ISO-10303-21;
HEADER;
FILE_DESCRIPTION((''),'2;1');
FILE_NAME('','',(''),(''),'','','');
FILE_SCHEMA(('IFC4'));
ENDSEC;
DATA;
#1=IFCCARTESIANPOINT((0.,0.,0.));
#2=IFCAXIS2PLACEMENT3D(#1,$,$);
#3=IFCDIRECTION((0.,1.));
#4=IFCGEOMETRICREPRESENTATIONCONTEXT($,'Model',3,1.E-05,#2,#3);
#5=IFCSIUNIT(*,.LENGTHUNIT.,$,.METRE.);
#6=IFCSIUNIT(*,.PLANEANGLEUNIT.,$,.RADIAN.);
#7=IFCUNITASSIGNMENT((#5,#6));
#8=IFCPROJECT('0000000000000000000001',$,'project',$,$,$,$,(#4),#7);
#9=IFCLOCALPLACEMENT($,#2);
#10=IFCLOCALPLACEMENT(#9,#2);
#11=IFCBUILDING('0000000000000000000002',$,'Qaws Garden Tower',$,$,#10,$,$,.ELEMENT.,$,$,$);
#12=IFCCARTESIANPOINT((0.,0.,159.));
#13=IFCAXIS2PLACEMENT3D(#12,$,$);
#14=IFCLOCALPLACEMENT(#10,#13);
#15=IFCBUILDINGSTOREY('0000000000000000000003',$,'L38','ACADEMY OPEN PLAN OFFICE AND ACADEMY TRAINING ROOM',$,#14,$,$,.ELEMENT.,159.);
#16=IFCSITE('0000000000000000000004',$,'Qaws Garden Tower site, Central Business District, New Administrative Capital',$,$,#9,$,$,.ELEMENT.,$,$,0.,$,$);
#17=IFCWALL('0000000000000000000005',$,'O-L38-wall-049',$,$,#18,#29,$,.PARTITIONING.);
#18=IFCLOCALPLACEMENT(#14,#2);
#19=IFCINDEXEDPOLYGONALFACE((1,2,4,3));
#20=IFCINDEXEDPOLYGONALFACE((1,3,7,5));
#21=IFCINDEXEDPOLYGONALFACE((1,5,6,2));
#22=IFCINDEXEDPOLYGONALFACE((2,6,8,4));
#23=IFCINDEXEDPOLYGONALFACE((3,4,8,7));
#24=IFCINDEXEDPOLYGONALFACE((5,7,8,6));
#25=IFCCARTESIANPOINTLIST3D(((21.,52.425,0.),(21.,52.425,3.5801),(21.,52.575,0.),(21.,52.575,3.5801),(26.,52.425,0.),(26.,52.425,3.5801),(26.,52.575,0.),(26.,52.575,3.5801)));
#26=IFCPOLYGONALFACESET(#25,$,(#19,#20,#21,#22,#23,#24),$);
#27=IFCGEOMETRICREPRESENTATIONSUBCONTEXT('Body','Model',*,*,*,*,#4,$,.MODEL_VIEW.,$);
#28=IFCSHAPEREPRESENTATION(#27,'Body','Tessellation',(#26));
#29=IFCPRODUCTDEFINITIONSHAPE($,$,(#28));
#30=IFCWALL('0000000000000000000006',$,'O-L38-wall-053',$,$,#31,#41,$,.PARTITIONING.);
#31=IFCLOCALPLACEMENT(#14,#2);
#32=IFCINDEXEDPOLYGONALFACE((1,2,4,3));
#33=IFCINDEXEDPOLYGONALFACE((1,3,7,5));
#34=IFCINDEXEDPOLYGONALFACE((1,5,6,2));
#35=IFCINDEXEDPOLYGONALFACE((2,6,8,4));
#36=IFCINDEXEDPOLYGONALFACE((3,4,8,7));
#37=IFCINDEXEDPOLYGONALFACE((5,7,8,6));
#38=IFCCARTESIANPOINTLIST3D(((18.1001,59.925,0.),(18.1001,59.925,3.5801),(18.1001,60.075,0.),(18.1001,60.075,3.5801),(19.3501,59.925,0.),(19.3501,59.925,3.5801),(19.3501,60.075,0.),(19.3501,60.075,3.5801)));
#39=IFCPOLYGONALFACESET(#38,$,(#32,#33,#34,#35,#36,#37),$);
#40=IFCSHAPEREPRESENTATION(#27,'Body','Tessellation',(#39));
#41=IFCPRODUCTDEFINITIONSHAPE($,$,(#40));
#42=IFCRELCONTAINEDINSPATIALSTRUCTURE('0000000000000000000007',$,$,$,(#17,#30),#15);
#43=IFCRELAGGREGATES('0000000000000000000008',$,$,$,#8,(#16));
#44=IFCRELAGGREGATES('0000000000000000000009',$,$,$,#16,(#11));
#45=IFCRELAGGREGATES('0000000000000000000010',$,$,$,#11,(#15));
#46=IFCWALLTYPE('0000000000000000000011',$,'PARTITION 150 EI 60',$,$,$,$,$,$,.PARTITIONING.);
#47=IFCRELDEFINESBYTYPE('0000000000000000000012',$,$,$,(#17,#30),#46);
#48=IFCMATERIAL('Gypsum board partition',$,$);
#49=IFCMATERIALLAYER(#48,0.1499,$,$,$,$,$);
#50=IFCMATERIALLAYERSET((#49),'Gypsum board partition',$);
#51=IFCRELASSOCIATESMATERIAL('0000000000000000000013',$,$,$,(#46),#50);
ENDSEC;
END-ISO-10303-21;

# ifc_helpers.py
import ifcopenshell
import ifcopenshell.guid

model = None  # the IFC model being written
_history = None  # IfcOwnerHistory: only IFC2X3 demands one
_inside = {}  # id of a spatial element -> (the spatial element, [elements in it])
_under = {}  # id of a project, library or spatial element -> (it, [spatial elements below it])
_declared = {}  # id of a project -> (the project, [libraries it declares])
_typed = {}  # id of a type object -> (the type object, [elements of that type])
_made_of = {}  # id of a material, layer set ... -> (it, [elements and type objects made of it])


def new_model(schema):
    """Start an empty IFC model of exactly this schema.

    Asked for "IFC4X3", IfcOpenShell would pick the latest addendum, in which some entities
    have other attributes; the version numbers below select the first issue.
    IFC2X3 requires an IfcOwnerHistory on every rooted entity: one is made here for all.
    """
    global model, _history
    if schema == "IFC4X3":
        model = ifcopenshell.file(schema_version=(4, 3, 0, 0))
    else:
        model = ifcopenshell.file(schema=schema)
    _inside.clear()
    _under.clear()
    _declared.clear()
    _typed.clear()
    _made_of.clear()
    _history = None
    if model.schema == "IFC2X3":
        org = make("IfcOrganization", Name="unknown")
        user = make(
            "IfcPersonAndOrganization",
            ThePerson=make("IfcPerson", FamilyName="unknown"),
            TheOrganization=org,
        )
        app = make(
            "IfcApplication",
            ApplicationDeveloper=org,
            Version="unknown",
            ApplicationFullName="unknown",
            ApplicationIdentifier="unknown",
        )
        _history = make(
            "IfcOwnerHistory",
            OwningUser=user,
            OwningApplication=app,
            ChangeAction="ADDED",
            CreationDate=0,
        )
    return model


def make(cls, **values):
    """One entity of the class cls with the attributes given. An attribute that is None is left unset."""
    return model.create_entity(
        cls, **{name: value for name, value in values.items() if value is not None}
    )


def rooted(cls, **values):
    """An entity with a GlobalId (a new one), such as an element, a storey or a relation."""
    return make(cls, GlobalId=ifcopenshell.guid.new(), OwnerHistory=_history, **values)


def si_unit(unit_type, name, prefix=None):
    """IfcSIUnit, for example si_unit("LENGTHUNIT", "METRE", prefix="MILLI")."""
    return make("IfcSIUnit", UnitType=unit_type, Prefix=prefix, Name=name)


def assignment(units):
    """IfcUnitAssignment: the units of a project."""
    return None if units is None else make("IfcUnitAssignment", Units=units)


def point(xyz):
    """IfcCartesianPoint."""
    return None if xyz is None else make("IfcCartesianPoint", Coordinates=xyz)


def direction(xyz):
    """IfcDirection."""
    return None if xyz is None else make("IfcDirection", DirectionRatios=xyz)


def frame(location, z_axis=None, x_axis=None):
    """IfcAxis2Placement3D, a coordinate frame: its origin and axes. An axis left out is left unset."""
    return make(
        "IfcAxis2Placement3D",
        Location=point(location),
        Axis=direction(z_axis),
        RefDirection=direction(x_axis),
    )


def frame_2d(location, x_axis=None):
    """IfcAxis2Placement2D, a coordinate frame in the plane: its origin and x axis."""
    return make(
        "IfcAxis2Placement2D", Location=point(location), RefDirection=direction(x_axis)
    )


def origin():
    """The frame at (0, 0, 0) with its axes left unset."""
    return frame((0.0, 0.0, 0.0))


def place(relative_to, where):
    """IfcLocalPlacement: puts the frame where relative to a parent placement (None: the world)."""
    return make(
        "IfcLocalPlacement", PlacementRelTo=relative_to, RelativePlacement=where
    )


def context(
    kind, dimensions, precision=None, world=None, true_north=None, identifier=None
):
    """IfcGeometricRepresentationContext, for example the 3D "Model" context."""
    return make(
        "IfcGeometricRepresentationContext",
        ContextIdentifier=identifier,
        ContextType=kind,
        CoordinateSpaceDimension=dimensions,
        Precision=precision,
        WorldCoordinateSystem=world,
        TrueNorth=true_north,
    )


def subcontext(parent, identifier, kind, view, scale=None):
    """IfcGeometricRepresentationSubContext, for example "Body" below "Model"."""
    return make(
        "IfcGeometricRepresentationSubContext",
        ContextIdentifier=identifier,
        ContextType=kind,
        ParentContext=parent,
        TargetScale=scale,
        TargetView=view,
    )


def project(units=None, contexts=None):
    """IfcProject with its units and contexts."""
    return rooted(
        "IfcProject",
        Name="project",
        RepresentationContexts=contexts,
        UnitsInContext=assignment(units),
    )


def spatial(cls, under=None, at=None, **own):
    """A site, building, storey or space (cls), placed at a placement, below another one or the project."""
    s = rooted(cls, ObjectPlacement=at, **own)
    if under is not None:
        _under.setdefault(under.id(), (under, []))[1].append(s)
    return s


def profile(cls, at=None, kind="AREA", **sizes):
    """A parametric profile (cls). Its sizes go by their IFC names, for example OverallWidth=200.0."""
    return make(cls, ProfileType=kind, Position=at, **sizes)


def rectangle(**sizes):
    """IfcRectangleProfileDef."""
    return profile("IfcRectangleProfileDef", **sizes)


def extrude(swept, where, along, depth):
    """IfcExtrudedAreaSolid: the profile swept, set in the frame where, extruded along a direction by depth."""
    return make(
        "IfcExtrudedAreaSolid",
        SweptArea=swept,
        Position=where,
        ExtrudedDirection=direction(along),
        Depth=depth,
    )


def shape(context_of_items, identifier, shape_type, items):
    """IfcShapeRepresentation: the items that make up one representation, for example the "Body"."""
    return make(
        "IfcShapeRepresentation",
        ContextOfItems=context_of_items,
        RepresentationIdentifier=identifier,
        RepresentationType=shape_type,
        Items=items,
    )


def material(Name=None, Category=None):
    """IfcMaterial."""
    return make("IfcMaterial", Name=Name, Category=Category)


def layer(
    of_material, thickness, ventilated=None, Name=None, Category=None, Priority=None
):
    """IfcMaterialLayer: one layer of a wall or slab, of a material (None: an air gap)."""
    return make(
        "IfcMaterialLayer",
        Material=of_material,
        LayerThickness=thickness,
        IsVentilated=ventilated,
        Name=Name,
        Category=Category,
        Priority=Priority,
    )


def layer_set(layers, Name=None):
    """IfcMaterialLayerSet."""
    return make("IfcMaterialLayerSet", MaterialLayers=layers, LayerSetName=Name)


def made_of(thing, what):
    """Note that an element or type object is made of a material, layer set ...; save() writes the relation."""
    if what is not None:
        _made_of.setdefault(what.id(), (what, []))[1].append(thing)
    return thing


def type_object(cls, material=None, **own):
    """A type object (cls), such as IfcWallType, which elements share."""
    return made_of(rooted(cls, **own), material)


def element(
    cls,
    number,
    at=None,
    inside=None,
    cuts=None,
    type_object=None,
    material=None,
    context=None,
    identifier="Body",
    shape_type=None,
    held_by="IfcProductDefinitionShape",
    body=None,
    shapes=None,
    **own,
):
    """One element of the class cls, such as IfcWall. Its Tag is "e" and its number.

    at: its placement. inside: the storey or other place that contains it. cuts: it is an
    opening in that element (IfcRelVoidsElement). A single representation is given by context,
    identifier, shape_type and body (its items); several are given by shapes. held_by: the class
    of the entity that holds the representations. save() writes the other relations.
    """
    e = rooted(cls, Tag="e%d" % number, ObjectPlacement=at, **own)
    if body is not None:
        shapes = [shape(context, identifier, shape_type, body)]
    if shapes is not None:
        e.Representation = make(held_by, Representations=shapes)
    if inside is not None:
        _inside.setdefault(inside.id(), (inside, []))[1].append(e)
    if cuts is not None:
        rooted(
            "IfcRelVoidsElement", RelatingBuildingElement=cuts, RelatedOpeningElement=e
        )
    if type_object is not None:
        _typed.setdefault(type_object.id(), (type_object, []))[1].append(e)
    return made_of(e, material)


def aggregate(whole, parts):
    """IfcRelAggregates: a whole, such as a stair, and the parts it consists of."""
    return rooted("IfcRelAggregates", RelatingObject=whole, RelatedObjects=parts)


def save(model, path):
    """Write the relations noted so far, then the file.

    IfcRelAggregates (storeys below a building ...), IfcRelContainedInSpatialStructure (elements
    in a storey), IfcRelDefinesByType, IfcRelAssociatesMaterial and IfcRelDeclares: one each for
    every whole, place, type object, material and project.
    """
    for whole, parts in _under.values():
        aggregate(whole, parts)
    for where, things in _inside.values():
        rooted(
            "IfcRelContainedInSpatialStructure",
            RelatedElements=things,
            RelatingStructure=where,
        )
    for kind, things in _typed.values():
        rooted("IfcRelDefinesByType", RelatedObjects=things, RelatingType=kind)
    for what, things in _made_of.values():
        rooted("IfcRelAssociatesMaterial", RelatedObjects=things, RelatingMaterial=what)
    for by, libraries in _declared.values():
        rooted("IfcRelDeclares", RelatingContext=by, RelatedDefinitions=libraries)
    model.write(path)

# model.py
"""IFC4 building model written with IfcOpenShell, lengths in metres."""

from ifc_helpers import new_model, si_unit, direction, frame, frame_2d, origin, place, context, subcontext, project, spatial, rectangle, extrude, material, layer, layer_set, type_object, element, save


model = new_model("IFC4")

# Units and contexts
model_context = context("Model", 3, precision=1e-05, world=origin(), true_north=direction((0.0, 1.0)))
body_context = subcontext(model_context, "Body", "Model", "MODEL_VIEW")
ifc_project = project(units=[si_unit("LENGTHUNIT", "METRE"), si_unit("PLANEANGLEUNIT", "RADIAN")], contexts=[model_context])

# Site, building, storey
site_placement = place(None, origin())
site = spatial("IfcSite", under=ifc_project, at=site_placement, Name="Qaws Garden Tower site, Central Business District, New Administrative Capital", CompositionType="ELEMENT", RefElevation=0.0)
building_placement = place(site_placement, origin())
building = spatial("IfcBuilding", under=site, at=building_placement, Name="Qaws Garden Tower", CompositionType="ELEMENT")
storey_placement = place(building_placement, frame((0.0, 0.0, 159.0)))
storey = spatial("IfcBuildingStorey", under=building, at=storey_placement, Name="L38", Description="ACADEMY OPEN PLAN OFFICE AND ACADEMY TRAINING ROOM", CompositionType="ELEMENT", Elevation=159.0)

# Shared definitions
ifc_material_1 = material(Name="Gypsum board partition")
ifc_layer_1 = layer(ifc_material_1, 0.1499)
ifc_layer_set_1 = layer_set([ifc_layer_1], Name="Gypsum board partition")
wall_type_1 = type_object("IfcWallType", Name="PARTITION 150 EI 60", PredefinedType="PARTITIONING", material=ifc_layer_set_1)

# Walls
for number, where, z_axis, x_axis, name in (
    (1, (21.0, 52.5, 0.0), (0.0, 0.0, 1.0), (1.0, 0.0, 0.0), "O-L38-wall-049"),
):
    element("IfcWall", number, at=place(storey_placement, frame(where, z_axis=z_axis, x_axis=x_axis)), inside=storey, type_object=wall_type_1, Name=name, PredefinedType="PARTITIONING", context=body_context, shape_type="SweptSolid", body=[
        extrude(rectangle(XDim=5.0, YDim=0.1499, at=frame_2d((2.5, 0.0))), origin(), (0.0, 0.0, 1.0), 3.5801),
    ])
wall_1_placement = place(storey_placement, frame((18.1001, 60.0, 0.0), z_axis=(0.0, 0.0, 1.0), x_axis=(1.0, 0.0, 0.0)))
element("IfcWall", 2, at=wall_1_placement, inside=storey, type_object=wall_type_1, Name="O-L38-wall-053", PredefinedType="PARTITIONING", context=body_context, shape_type="SweptSolid", body=[
    extrude(rectangle(XDim=1.25, YDim=0.1499, at=frame_2d((0.625, 0.0))), origin(), (0.0, 0.0, 1.0), 3.5801),
])

save(model, "model.ifc")
